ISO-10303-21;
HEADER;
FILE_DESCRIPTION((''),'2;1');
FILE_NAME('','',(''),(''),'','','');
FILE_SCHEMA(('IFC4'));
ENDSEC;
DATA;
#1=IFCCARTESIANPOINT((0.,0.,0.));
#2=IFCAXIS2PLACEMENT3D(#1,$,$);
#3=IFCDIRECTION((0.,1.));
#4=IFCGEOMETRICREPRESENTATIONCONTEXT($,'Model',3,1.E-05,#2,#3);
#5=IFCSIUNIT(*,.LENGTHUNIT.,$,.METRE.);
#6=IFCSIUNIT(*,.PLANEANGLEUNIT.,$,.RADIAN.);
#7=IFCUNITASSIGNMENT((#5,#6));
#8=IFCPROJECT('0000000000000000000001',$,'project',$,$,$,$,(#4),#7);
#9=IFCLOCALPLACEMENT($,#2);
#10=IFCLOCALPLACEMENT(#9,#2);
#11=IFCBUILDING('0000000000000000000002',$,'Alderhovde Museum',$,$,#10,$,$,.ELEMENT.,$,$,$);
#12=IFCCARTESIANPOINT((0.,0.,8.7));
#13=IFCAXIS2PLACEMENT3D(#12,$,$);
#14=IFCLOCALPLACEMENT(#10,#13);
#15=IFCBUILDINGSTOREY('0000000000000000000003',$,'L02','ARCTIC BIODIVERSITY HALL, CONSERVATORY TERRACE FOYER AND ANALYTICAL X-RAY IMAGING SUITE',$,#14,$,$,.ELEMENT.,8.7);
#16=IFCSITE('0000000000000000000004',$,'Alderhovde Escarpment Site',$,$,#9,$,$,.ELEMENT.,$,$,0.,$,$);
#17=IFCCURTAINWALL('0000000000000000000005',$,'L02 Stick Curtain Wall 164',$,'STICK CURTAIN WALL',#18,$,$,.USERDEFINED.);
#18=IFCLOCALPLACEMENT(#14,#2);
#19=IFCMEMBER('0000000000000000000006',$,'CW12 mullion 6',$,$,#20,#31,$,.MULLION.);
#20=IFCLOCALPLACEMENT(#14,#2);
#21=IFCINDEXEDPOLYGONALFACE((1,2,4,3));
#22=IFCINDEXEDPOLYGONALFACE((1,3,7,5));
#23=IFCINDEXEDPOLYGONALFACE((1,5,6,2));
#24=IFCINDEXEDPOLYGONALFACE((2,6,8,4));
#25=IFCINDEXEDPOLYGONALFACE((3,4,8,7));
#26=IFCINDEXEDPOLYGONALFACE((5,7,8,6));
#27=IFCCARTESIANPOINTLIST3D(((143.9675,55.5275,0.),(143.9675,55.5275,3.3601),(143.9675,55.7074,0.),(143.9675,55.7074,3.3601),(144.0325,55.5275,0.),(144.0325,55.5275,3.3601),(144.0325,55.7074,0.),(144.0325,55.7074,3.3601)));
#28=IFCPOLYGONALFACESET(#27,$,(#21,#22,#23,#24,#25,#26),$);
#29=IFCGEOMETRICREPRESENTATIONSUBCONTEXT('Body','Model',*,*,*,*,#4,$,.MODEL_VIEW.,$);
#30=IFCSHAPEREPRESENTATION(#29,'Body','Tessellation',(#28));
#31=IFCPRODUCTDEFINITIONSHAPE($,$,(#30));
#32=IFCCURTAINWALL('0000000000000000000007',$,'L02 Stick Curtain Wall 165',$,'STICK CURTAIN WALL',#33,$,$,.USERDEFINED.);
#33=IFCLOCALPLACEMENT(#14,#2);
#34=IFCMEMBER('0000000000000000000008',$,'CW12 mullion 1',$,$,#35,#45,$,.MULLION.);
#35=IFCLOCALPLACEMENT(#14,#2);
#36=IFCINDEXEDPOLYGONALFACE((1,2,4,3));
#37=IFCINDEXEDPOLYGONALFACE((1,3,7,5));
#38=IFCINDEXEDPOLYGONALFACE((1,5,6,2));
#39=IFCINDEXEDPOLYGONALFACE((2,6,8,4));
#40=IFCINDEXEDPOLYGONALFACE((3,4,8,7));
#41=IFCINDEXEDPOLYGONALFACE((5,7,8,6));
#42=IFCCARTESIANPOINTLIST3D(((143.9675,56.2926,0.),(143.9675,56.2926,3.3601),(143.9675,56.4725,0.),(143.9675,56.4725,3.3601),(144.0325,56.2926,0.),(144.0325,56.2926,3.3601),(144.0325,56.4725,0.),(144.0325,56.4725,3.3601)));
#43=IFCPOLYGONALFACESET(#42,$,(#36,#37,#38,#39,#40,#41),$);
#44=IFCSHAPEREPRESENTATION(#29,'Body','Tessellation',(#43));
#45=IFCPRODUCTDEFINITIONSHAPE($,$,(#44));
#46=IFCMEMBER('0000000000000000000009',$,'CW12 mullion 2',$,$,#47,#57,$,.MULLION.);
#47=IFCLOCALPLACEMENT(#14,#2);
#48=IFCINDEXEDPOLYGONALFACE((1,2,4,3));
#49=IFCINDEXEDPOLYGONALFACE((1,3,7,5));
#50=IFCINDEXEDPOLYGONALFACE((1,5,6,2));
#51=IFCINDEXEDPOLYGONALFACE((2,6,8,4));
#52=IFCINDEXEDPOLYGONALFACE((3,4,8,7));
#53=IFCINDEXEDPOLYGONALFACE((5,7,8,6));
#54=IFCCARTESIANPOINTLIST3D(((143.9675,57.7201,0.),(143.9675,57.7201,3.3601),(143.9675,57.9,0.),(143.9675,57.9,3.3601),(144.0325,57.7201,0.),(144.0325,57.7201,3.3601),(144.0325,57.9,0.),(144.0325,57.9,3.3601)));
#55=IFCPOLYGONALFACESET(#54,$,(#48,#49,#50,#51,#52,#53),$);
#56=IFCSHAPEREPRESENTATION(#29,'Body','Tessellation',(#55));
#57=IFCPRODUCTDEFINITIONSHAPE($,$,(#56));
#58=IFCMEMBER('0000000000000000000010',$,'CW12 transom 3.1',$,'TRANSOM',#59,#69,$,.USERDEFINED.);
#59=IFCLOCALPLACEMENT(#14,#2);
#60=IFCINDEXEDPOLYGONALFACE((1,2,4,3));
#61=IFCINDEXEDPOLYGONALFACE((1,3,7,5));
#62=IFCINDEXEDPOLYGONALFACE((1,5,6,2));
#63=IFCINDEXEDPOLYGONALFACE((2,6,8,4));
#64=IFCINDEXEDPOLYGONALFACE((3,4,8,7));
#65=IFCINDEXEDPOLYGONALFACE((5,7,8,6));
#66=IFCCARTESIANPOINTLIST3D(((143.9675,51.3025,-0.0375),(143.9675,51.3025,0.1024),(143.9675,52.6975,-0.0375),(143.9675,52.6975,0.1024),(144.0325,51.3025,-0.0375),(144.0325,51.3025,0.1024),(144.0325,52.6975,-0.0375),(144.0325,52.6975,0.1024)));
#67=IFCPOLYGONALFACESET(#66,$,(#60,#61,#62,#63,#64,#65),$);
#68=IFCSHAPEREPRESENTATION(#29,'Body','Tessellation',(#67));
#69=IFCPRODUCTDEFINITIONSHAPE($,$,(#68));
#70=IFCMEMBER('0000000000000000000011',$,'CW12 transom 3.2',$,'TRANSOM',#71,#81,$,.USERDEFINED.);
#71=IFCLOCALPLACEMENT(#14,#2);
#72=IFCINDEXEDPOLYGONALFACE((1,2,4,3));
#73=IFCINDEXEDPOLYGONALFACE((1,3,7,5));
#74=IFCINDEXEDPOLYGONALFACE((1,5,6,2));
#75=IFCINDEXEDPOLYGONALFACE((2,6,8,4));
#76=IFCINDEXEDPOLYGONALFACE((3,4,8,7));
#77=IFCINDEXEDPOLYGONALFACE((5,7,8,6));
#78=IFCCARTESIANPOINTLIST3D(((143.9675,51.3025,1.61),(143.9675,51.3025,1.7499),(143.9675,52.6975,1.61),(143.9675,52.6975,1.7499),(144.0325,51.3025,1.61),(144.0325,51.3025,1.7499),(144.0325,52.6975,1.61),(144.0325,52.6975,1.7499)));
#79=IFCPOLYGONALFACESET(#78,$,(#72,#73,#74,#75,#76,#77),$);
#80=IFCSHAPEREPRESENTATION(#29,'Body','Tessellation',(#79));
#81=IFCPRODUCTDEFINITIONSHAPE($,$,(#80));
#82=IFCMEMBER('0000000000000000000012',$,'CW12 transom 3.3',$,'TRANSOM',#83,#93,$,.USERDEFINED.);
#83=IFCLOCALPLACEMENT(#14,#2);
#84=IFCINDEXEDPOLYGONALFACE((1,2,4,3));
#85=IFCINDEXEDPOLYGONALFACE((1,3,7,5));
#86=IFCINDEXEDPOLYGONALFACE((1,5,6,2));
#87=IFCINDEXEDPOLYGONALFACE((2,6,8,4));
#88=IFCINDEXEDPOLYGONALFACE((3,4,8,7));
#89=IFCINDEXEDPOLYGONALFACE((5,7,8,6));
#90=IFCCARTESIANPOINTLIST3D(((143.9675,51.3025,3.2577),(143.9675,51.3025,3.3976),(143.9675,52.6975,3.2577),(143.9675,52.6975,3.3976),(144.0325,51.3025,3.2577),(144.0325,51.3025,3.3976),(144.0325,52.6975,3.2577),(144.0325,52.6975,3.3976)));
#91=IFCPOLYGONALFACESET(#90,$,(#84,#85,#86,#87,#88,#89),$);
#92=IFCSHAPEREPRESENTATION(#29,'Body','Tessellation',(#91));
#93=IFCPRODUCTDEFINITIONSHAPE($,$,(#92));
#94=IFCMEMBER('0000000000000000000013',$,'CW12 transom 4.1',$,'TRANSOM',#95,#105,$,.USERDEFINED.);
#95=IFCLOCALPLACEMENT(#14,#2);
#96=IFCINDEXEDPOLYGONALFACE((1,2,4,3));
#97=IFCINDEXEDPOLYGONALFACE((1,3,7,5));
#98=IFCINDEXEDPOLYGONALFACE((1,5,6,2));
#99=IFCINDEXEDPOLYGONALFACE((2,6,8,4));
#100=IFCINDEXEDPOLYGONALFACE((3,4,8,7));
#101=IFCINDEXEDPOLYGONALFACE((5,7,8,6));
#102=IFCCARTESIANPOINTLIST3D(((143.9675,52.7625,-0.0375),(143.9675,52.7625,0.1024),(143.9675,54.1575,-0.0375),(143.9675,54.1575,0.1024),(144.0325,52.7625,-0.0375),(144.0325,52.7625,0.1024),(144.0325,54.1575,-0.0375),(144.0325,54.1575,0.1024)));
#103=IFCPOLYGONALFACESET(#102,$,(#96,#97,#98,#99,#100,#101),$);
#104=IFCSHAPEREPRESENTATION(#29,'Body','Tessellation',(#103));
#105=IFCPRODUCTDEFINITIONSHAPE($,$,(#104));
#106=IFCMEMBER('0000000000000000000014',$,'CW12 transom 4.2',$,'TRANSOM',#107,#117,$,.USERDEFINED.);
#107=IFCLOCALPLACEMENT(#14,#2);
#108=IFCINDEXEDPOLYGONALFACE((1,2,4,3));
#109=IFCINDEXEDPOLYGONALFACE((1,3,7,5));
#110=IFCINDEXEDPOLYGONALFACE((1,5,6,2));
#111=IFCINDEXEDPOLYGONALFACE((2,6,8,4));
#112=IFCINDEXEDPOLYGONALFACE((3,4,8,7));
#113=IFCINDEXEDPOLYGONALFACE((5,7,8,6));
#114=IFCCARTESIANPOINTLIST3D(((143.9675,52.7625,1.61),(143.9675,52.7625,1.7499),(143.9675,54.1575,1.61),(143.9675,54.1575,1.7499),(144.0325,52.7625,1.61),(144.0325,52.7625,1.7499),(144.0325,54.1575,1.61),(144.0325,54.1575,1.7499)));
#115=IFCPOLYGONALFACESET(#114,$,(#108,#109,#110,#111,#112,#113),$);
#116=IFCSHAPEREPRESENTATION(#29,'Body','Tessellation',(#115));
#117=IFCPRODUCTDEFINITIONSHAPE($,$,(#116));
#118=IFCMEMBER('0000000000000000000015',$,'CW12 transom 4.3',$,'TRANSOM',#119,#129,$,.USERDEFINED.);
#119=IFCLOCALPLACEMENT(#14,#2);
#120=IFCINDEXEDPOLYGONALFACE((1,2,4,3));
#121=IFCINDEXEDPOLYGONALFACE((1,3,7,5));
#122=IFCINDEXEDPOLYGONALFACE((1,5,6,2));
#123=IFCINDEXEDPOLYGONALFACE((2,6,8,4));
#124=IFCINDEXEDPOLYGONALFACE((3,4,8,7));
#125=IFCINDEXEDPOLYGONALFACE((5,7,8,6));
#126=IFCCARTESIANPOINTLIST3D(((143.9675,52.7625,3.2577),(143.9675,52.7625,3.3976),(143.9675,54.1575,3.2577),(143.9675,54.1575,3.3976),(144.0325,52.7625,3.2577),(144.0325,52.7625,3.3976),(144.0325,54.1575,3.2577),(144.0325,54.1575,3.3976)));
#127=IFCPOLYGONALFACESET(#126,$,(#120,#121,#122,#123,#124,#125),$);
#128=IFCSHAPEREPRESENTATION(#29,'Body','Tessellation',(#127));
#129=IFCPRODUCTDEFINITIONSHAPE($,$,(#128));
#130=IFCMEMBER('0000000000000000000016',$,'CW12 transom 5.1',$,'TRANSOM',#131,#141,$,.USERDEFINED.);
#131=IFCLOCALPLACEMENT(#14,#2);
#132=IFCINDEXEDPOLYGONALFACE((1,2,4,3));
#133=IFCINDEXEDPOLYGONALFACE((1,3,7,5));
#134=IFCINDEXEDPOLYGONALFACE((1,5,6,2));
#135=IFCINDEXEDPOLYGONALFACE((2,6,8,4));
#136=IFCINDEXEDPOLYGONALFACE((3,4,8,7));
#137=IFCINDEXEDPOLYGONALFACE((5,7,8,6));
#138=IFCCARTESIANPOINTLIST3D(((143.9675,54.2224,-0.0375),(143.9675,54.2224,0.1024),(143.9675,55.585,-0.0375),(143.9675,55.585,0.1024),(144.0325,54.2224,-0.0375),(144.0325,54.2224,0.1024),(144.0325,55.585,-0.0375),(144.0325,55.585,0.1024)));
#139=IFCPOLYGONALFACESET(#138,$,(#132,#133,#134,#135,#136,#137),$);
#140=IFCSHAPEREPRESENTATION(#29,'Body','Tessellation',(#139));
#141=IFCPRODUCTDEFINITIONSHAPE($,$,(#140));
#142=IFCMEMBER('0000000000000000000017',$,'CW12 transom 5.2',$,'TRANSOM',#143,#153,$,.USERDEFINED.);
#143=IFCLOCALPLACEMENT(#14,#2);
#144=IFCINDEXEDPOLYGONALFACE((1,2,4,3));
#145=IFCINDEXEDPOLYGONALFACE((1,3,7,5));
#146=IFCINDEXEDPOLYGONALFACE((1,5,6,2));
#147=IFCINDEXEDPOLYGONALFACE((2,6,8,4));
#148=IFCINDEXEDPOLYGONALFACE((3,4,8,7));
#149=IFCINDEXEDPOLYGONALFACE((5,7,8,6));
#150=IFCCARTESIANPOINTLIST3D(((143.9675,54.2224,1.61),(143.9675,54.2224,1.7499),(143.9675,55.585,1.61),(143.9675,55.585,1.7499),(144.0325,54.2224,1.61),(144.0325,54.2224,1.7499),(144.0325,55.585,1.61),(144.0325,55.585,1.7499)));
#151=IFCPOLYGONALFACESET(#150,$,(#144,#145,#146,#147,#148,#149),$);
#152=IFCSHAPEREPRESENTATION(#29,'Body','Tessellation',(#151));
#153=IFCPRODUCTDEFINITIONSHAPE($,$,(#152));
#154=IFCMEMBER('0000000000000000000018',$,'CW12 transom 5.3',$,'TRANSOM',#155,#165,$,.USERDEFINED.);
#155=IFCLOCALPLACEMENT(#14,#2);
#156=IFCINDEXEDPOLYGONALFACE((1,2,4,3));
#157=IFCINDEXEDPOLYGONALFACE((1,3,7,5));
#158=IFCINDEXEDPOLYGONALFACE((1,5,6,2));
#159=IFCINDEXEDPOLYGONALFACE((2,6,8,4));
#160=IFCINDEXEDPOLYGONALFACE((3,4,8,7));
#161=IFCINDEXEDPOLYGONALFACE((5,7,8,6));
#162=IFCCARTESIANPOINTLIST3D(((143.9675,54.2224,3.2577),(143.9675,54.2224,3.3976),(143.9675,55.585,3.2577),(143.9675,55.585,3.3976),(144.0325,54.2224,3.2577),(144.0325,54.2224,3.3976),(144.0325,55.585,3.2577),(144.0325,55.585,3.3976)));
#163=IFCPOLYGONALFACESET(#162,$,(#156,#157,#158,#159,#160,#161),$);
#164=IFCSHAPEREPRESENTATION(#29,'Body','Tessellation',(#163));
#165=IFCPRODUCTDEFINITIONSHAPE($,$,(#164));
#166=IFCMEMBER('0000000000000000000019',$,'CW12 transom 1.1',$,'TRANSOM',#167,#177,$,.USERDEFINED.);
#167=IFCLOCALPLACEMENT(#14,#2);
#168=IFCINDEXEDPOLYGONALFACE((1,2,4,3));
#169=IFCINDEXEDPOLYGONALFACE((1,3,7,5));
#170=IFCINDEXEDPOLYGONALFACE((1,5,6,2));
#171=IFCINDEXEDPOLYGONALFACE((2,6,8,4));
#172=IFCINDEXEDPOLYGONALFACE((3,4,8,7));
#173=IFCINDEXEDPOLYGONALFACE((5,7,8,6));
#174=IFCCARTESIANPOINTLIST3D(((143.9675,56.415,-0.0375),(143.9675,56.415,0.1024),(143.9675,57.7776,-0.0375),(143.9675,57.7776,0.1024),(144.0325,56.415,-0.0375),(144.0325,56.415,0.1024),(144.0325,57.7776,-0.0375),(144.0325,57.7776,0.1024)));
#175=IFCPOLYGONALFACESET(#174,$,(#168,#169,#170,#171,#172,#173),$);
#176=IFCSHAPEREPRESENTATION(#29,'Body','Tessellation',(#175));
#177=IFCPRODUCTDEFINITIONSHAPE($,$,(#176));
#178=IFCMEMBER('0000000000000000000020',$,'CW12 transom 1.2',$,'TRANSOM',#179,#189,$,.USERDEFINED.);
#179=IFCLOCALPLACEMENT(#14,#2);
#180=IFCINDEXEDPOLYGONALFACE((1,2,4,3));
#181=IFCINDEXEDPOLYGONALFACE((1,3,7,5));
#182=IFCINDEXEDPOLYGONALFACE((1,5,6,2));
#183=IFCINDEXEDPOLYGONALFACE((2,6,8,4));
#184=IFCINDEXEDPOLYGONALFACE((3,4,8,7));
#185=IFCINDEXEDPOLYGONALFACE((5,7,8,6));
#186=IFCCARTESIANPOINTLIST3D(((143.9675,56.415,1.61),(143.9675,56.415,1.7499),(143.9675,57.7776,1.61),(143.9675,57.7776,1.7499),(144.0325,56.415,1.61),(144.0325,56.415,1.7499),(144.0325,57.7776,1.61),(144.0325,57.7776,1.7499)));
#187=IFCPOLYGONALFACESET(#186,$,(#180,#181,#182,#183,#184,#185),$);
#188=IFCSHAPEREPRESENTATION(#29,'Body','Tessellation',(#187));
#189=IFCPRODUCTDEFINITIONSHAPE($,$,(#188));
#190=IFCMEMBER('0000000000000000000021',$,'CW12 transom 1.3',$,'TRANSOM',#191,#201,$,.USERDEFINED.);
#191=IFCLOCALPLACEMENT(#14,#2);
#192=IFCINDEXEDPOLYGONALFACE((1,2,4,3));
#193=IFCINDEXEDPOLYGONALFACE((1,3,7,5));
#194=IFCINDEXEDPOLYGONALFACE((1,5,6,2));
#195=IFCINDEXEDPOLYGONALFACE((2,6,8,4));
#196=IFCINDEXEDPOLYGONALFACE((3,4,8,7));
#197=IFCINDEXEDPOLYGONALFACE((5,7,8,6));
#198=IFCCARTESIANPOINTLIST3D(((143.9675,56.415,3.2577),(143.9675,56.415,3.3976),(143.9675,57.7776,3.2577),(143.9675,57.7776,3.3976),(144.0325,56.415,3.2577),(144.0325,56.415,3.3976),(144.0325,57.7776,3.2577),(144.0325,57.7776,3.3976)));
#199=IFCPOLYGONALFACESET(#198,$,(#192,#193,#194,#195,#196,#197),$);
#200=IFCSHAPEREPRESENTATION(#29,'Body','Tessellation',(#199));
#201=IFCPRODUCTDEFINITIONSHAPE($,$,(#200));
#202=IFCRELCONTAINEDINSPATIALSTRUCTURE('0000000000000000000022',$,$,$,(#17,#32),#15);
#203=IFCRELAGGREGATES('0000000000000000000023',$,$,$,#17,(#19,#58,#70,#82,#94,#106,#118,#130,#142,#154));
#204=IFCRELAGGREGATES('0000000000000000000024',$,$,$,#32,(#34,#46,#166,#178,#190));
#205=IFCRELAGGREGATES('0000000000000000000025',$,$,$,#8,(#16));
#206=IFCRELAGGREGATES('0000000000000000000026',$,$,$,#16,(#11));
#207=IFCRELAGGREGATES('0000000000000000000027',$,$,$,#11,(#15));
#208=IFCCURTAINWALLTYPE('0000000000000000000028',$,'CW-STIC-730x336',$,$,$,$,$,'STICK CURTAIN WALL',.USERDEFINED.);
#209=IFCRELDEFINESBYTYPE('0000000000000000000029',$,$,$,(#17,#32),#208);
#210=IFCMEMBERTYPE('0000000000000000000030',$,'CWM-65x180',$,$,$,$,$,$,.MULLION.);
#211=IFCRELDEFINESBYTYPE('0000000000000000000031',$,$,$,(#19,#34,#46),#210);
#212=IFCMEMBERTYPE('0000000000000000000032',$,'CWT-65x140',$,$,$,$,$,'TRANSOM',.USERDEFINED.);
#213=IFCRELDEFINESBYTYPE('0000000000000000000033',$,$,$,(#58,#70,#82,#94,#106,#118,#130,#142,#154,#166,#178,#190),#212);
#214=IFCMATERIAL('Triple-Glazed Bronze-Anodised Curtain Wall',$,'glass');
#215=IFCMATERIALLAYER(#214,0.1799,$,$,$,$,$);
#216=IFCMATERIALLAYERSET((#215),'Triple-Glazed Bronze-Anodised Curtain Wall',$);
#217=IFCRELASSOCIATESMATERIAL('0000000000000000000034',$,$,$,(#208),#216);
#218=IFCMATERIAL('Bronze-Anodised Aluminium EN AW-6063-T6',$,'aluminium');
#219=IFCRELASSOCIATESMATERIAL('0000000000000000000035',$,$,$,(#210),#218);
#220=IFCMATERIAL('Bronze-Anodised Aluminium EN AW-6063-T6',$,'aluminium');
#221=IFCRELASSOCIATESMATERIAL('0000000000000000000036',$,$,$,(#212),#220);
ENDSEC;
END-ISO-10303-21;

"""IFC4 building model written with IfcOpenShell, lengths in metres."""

from ifc_helpers import new_model, si_unit, direction, frame, origin, origin_2d, place, context, subcontext, project, spatial, rectangle, extrude, material, layer, layer_set, material_profile, profile_set, type_object, element, aggregate, save


model = new_model("IFC4")

# Units and contexts
model_context = context("Model", 3, precision=1e-05, world=origin(), true_north=direction((0.0, 1.0)))
body_context = subcontext(model_context, "Body", "Model", "MODEL_VIEW")
ifc_project = project(units=[si_unit("LENGTHUNIT", "METRE"), si_unit("PLANEANGLEUNIT", "RADIAN")], contexts=[model_context])

# Site, building, storey
site_placement = place(None, origin())
site = spatial("IfcSite", under=ifc_project, at=site_placement, Name="Alderhovde Escarpment Site", CompositionType="ELEMENT", RefElevation=0.0)
building_placement = place(site_placement, origin())
building = spatial("IfcBuilding", under=site, at=building_placement, Name="Alderhovde Museum", CompositionType="ELEMENT")
storey_placement = place(building_placement, frame((0.0, 0.0, 8.7)))
storey = spatial("IfcBuildingStorey", under=building, at=storey_placement, Name="L02", Description="ARCTIC BIODIVERSITY HALL, CONSERVATORY TERRACE FOYER AND ANALYTICAL X-RAY IMAGING SUITE", CompositionType="ELEMENT", Elevation=8.7)

# Curtain walls, members
ifc_material_1 = material(Name="Triple-Glazed Bronze-Anodised Curtain Wall", Category="glass")
ifc_layer_1 = layer(ifc_material_1, 0.1799)
ifc_layer_set_1 = layer_set([ifc_layer_1], Name="Triple-Glazed Bronze-Anodised Curtain Wall")
curtain_wall_type = type_object("IfcCurtainWallType", Name="CW-STIC-730x336", ElementType="STICK CURTAIN WALL", PredefinedType="USERDEFINED", material=ifc_layer_set_1)
curtain_wall_1_placement = place(storey_placement, origin())
curtain_wall_1 = element("IfcCurtainWall", 1, at=curtain_wall_1_placement, inside=storey, type_object=curtain_wall_type, Name="L02 Stick Curtain Wall 164", ObjectType="STICK CURTAIN WALL", PredefinedType="USERDEFINED")
ifc_material_2 = material(Name="Bronze-Anodised Aluminium EN AW-6063-T6", Category="aluminium")
ifc_material_profile_1 = material_profile(ifc_material_2, rectangle(XDim=0.0649, YDim=0.1799, at=origin_2d()), Name="MULLION 65x180")
ifc_profile_set_1 = profile_set([ifc_material_profile_1], Name="Bronze-Anodised Aluminium EN AW-6063-T6")
member_type_1 = type_object("IfcMemberType", Name="CWM-65x180", PredefinedType="MULLION", material=ifc_profile_set_1)
member_1_placement = place(storey_placement, frame((144.0, 55.6174, 0.0), z_axis=(0.0, 0.0, 1.0), x_axis=(-1.0, 0.0, 0.0)))
member_1 = element("IfcMember", 2, at=member_1_placement, type_object=member_type_1, Name="CW12 mullion 6", PredefinedType="MULLION", context=body_context, shape_type="SweptSolid", body=[
    extrude(rectangle(XDim=0.0649, YDim=0.1799, at=origin_2d()), origin(), (0.0, 0.0, 1.0), 3.3601),
])
curtain_wall_2_placement = place(storey_placement, origin())
curtain_wall_2 = element("IfcCurtainWall", 3, at=curtain_wall_2_placement, inside=storey, type_object=curtain_wall_type, Name="L02 Stick Curtain Wall 165", ObjectType="STICK CURTAIN WALL", PredefinedType="USERDEFINED")
member_2_placement = place(storey_placement, frame((144.0, 56.3826, 0.0), z_axis=(0.0, 0.0, 1.0), x_axis=(-1.0, 0.0, 0.0)))
member_2 = element("IfcMember", 4, at=member_2_placement, type_object=member_type_1, Name="CW12 mullion 1", PredefinedType="MULLION", context=body_context, shape_type="SweptSolid", body=[
    extrude(rectangle(XDim=0.0649, YDim=0.1799, at=origin_2d()), origin(), (0.0, 0.0, 1.0), 3.3601),
])
member_3_placement = place(storey_placement, frame((144.0, 57.8101, 0.0), z_axis=(0.0, 0.0, 1.0), x_axis=(-1.0, 0.0, 0.0)))
member_3 = element("IfcMember", 5, at=member_3_placement, type_object=member_type_1, Name="CW12 mullion 2", PredefinedType="MULLION", context=body_context, shape_type="SweptSolid", body=[
    extrude(rectangle(XDim=0.0649, YDim=0.1799, at=origin_2d()), origin(), (0.0, 0.0, 1.0), 3.3601),
])

# Members
ifc_material_3 = material(Name="Bronze-Anodised Aluminium EN AW-6063-T6", Category="aluminium")
ifc_material_profile_2 = material_profile(ifc_material_3, rectangle(XDim=0.0649, YDim=0.1399, at=origin_2d()), Name="TRANSOM 65x140")
ifc_profile_set_2 = profile_set([ifc_material_profile_2], Name="Bronze-Anodised Aluminium EN AW-6063-T6")
member_type_2 = type_object("IfcMemberType", Name="CWT-65x140", ElementType="TRANSOM", PredefinedType="USERDEFINED", material=ifc_profile_set_2)
member_4_placement = place(storey_placement, frame((144.0, 51.3025, 0.0325), z_axis=(0.0, 1.0, 0.0), x_axis=(-1.0, 0.0, 0.0)))
member_4 = element("IfcMember", 6, at=member_4_placement, type_object=member_type_2, Name="CW12 transom 3.1", ObjectType="TRANSOM", PredefinedType="USERDEFINED", context=body_context, shape_type="SweptSolid", body=[
    extrude(rectangle(XDim=0.0649, YDim=0.1399, at=origin_2d()), origin(), (0.0, 0.0, 1.0), 1.395),
])
member_5_placement = place(storey_placement, frame((144.0, 51.3025, 1.6799), z_axis=(0.0, 1.0, 0.0), x_axis=(-1.0, 0.0, 0.0)))
member_5 = element("IfcMember", 7, at=member_5_placement, type_object=member_type_2, Name="CW12 transom 3.2", ObjectType="TRANSOM", PredefinedType="USERDEFINED", context=body_context, shape_type="SweptSolid", body=[
    extrude(rectangle(XDim=0.0649, YDim=0.1399, at=origin_2d()), origin(), (0.0, 0.0, 1.0), 1.395),
])
member_6_placement = place(storey_placement, frame((144.0, 51.3025, 3.3276), z_axis=(0.0, 1.0, 0.0), x_axis=(-1.0, 0.0, 0.0)))
member_6 = element("IfcMember", 8, at=member_6_placement, type_object=member_type_2, Name="CW12 transom 3.3", ObjectType="TRANSOM", PredefinedType="USERDEFINED", context=body_context, shape_type="SweptSolid", body=[
    extrude(rectangle(XDim=0.0649, YDim=0.1399, at=origin_2d()), origin(), (0.0, 0.0, 1.0), 1.395),
])
member_7_placement = place(storey_placement, frame((144.0, 52.7625, 0.0325), z_axis=(0.0, 1.0, 0.0), x_axis=(-1.0, 0.0, 0.0)))
member_7 = element("IfcMember", 9, at=member_7_placement, type_object=member_type_2, Name="CW12 transom 4.1", ObjectType="TRANSOM", PredefinedType="USERDEFINED", context=body_context, shape_type="SweptSolid", body=[
    extrude(rectangle(XDim=0.0649, YDim=0.1399, at=origin_2d()), origin(), (0.0, 0.0, 1.0), 1.395),
])
member_8_placement = place(storey_placement, frame((144.0, 52.7625, 1.6799), z_axis=(0.0, 1.0, 0.0), x_axis=(-1.0, 0.0, 0.0)))
member_8 = element("IfcMember", 10, at=member_8_placement, type_object=member_type_2, Name="CW12 transom 4.2", ObjectType="TRANSOM", PredefinedType="USERDEFINED", context=body_context, shape_type="SweptSolid", body=[
    extrude(rectangle(XDim=0.0649, YDim=0.1399, at=origin_2d()), origin(), (0.0, 0.0, 1.0), 1.395),
])
member_9_placement = place(storey_placement, frame((144.0, 52.7625, 3.3276), z_axis=(0.0, 1.0, 0.0), x_axis=(-1.0, 0.0, 0.0)))
member_9 = element("IfcMember", 11, at=member_9_placement, type_object=member_type_2, Name="CW12 transom 4.3", ObjectType="TRANSOM", PredefinedType="USERDEFINED", context=body_context, shape_type="SweptSolid", body=[
    extrude(rectangle(XDim=0.0649, YDim=0.1399, at=origin_2d()), origin(), (0.0, 0.0, 1.0), 1.395),
])
member_10_placement = place(storey_placement, frame((144.0, 54.2224, 0.0325), z_axis=(0.0, 1.0, 0.0), x_axis=(-1.0, 0.0, 0.0)))
member_10 = element("IfcMember", 12, at=member_10_placement, type_object=member_type_2, Name="CW12 transom 5.1", ObjectType="TRANSOM", PredefinedType="USERDEFINED", context=body_context, shape_type="SweptSolid", body=[
    extrude(rectangle(XDim=0.0649, YDim=0.1399, at=origin_2d()), origin(), (0.0, 0.0, 1.0), 1.3625),
])
member_11_placement = place(storey_placement, frame((144.0, 54.2224, 1.6799), z_axis=(0.0, 1.0, 0.0), x_axis=(-1.0, 0.0, 0.0)))
member_11 = element("IfcMember", 13, at=member_11_placement, type_object=member_type_2, Name="CW12 transom 5.2", ObjectType="TRANSOM", PredefinedType="USERDEFINED", context=body_context, shape_type="SweptSolid", body=[
    extrude(rectangle(XDim=0.0649, YDim=0.1399, at=origin_2d()), origin(), (0.0, 0.0, 1.0), 1.3625),
])
member_12_placement = place(storey_placement, frame((144.0, 54.2224, 3.3276), z_axis=(0.0, 1.0, 0.0), x_axis=(-1.0, 0.0, 0.0)))
member_12 = element("IfcMember", 14, at=member_12_placement, type_object=member_type_2, Name="CW12 transom 5.3", ObjectType="TRANSOM", PredefinedType="USERDEFINED", context=body_context, shape_type="SweptSolid", body=[
    extrude(rectangle(XDim=0.0649, YDim=0.1399, at=origin_2d()), origin(), (0.0, 0.0, 1.0), 1.3625),
])
member_13_placement = place(storey_placement, frame((144.0, 56.415, 0.0325), z_axis=(0.0, 1.0, 0.0), x_axis=(-1.0, 0.0, 0.0)))
member_13 = element("IfcMember", 15, at=member_13_placement, type_object=member_type_2, Name="CW12 transom 1.1", ObjectType="TRANSOM", PredefinedType="USERDEFINED", context=body_context, shape_type="SweptSolid", body=[
    extrude(rectangle(XDim=0.0649, YDim=0.1399, at=origin_2d()), origin(), (0.0, 0.0, 1.0), 1.3625),
])
member_14_placement = place(storey_placement, frame((144.0, 56.415, 1.6799), z_axis=(0.0, 1.0, 0.0), x_axis=(-1.0, 0.0, 0.0)))
member_14 = element("IfcMember", 16, at=member_14_placement, type_object=member_type_2, Name="CW12 transom 1.2", ObjectType="TRANSOM", PredefinedType="USERDEFINED", context=body_context, shape_type="SweptSolid", body=[
    extrude(rectangle(XDim=0.0649, YDim=0.1399, at=origin_2d()), origin(), (0.0, 0.0, 1.0), 1.3625),
])
member_15_placement = place(storey_placement, frame((144.0, 56.415, 3.3276), z_axis=(0.0, 1.0, 0.0), x_axis=(-1.0, 0.0, 0.0)))
member_15 = element("IfcMember", 17, at=member_15_placement, type_object=member_type_2, Name="CW12 transom 1.3", ObjectType="TRANSOM", PredefinedType="USERDEFINED", context=body_context, shape_type="SweptSolid", body=[
    extrude(rectangle(XDim=0.0649, YDim=0.1399, at=origin_2d()), origin(), (0.0, 0.0, 1.0), 1.3625),
])

aggregate(curtain_wall_1, [member_1, member_4, member_5, member_6, member_7, member_8, member_9, member_10, member_11, member_12])
aggregate(curtain_wall_2, [member_2, member_3, member_13, member_14, member_15])

save(model, "model.ifc")
